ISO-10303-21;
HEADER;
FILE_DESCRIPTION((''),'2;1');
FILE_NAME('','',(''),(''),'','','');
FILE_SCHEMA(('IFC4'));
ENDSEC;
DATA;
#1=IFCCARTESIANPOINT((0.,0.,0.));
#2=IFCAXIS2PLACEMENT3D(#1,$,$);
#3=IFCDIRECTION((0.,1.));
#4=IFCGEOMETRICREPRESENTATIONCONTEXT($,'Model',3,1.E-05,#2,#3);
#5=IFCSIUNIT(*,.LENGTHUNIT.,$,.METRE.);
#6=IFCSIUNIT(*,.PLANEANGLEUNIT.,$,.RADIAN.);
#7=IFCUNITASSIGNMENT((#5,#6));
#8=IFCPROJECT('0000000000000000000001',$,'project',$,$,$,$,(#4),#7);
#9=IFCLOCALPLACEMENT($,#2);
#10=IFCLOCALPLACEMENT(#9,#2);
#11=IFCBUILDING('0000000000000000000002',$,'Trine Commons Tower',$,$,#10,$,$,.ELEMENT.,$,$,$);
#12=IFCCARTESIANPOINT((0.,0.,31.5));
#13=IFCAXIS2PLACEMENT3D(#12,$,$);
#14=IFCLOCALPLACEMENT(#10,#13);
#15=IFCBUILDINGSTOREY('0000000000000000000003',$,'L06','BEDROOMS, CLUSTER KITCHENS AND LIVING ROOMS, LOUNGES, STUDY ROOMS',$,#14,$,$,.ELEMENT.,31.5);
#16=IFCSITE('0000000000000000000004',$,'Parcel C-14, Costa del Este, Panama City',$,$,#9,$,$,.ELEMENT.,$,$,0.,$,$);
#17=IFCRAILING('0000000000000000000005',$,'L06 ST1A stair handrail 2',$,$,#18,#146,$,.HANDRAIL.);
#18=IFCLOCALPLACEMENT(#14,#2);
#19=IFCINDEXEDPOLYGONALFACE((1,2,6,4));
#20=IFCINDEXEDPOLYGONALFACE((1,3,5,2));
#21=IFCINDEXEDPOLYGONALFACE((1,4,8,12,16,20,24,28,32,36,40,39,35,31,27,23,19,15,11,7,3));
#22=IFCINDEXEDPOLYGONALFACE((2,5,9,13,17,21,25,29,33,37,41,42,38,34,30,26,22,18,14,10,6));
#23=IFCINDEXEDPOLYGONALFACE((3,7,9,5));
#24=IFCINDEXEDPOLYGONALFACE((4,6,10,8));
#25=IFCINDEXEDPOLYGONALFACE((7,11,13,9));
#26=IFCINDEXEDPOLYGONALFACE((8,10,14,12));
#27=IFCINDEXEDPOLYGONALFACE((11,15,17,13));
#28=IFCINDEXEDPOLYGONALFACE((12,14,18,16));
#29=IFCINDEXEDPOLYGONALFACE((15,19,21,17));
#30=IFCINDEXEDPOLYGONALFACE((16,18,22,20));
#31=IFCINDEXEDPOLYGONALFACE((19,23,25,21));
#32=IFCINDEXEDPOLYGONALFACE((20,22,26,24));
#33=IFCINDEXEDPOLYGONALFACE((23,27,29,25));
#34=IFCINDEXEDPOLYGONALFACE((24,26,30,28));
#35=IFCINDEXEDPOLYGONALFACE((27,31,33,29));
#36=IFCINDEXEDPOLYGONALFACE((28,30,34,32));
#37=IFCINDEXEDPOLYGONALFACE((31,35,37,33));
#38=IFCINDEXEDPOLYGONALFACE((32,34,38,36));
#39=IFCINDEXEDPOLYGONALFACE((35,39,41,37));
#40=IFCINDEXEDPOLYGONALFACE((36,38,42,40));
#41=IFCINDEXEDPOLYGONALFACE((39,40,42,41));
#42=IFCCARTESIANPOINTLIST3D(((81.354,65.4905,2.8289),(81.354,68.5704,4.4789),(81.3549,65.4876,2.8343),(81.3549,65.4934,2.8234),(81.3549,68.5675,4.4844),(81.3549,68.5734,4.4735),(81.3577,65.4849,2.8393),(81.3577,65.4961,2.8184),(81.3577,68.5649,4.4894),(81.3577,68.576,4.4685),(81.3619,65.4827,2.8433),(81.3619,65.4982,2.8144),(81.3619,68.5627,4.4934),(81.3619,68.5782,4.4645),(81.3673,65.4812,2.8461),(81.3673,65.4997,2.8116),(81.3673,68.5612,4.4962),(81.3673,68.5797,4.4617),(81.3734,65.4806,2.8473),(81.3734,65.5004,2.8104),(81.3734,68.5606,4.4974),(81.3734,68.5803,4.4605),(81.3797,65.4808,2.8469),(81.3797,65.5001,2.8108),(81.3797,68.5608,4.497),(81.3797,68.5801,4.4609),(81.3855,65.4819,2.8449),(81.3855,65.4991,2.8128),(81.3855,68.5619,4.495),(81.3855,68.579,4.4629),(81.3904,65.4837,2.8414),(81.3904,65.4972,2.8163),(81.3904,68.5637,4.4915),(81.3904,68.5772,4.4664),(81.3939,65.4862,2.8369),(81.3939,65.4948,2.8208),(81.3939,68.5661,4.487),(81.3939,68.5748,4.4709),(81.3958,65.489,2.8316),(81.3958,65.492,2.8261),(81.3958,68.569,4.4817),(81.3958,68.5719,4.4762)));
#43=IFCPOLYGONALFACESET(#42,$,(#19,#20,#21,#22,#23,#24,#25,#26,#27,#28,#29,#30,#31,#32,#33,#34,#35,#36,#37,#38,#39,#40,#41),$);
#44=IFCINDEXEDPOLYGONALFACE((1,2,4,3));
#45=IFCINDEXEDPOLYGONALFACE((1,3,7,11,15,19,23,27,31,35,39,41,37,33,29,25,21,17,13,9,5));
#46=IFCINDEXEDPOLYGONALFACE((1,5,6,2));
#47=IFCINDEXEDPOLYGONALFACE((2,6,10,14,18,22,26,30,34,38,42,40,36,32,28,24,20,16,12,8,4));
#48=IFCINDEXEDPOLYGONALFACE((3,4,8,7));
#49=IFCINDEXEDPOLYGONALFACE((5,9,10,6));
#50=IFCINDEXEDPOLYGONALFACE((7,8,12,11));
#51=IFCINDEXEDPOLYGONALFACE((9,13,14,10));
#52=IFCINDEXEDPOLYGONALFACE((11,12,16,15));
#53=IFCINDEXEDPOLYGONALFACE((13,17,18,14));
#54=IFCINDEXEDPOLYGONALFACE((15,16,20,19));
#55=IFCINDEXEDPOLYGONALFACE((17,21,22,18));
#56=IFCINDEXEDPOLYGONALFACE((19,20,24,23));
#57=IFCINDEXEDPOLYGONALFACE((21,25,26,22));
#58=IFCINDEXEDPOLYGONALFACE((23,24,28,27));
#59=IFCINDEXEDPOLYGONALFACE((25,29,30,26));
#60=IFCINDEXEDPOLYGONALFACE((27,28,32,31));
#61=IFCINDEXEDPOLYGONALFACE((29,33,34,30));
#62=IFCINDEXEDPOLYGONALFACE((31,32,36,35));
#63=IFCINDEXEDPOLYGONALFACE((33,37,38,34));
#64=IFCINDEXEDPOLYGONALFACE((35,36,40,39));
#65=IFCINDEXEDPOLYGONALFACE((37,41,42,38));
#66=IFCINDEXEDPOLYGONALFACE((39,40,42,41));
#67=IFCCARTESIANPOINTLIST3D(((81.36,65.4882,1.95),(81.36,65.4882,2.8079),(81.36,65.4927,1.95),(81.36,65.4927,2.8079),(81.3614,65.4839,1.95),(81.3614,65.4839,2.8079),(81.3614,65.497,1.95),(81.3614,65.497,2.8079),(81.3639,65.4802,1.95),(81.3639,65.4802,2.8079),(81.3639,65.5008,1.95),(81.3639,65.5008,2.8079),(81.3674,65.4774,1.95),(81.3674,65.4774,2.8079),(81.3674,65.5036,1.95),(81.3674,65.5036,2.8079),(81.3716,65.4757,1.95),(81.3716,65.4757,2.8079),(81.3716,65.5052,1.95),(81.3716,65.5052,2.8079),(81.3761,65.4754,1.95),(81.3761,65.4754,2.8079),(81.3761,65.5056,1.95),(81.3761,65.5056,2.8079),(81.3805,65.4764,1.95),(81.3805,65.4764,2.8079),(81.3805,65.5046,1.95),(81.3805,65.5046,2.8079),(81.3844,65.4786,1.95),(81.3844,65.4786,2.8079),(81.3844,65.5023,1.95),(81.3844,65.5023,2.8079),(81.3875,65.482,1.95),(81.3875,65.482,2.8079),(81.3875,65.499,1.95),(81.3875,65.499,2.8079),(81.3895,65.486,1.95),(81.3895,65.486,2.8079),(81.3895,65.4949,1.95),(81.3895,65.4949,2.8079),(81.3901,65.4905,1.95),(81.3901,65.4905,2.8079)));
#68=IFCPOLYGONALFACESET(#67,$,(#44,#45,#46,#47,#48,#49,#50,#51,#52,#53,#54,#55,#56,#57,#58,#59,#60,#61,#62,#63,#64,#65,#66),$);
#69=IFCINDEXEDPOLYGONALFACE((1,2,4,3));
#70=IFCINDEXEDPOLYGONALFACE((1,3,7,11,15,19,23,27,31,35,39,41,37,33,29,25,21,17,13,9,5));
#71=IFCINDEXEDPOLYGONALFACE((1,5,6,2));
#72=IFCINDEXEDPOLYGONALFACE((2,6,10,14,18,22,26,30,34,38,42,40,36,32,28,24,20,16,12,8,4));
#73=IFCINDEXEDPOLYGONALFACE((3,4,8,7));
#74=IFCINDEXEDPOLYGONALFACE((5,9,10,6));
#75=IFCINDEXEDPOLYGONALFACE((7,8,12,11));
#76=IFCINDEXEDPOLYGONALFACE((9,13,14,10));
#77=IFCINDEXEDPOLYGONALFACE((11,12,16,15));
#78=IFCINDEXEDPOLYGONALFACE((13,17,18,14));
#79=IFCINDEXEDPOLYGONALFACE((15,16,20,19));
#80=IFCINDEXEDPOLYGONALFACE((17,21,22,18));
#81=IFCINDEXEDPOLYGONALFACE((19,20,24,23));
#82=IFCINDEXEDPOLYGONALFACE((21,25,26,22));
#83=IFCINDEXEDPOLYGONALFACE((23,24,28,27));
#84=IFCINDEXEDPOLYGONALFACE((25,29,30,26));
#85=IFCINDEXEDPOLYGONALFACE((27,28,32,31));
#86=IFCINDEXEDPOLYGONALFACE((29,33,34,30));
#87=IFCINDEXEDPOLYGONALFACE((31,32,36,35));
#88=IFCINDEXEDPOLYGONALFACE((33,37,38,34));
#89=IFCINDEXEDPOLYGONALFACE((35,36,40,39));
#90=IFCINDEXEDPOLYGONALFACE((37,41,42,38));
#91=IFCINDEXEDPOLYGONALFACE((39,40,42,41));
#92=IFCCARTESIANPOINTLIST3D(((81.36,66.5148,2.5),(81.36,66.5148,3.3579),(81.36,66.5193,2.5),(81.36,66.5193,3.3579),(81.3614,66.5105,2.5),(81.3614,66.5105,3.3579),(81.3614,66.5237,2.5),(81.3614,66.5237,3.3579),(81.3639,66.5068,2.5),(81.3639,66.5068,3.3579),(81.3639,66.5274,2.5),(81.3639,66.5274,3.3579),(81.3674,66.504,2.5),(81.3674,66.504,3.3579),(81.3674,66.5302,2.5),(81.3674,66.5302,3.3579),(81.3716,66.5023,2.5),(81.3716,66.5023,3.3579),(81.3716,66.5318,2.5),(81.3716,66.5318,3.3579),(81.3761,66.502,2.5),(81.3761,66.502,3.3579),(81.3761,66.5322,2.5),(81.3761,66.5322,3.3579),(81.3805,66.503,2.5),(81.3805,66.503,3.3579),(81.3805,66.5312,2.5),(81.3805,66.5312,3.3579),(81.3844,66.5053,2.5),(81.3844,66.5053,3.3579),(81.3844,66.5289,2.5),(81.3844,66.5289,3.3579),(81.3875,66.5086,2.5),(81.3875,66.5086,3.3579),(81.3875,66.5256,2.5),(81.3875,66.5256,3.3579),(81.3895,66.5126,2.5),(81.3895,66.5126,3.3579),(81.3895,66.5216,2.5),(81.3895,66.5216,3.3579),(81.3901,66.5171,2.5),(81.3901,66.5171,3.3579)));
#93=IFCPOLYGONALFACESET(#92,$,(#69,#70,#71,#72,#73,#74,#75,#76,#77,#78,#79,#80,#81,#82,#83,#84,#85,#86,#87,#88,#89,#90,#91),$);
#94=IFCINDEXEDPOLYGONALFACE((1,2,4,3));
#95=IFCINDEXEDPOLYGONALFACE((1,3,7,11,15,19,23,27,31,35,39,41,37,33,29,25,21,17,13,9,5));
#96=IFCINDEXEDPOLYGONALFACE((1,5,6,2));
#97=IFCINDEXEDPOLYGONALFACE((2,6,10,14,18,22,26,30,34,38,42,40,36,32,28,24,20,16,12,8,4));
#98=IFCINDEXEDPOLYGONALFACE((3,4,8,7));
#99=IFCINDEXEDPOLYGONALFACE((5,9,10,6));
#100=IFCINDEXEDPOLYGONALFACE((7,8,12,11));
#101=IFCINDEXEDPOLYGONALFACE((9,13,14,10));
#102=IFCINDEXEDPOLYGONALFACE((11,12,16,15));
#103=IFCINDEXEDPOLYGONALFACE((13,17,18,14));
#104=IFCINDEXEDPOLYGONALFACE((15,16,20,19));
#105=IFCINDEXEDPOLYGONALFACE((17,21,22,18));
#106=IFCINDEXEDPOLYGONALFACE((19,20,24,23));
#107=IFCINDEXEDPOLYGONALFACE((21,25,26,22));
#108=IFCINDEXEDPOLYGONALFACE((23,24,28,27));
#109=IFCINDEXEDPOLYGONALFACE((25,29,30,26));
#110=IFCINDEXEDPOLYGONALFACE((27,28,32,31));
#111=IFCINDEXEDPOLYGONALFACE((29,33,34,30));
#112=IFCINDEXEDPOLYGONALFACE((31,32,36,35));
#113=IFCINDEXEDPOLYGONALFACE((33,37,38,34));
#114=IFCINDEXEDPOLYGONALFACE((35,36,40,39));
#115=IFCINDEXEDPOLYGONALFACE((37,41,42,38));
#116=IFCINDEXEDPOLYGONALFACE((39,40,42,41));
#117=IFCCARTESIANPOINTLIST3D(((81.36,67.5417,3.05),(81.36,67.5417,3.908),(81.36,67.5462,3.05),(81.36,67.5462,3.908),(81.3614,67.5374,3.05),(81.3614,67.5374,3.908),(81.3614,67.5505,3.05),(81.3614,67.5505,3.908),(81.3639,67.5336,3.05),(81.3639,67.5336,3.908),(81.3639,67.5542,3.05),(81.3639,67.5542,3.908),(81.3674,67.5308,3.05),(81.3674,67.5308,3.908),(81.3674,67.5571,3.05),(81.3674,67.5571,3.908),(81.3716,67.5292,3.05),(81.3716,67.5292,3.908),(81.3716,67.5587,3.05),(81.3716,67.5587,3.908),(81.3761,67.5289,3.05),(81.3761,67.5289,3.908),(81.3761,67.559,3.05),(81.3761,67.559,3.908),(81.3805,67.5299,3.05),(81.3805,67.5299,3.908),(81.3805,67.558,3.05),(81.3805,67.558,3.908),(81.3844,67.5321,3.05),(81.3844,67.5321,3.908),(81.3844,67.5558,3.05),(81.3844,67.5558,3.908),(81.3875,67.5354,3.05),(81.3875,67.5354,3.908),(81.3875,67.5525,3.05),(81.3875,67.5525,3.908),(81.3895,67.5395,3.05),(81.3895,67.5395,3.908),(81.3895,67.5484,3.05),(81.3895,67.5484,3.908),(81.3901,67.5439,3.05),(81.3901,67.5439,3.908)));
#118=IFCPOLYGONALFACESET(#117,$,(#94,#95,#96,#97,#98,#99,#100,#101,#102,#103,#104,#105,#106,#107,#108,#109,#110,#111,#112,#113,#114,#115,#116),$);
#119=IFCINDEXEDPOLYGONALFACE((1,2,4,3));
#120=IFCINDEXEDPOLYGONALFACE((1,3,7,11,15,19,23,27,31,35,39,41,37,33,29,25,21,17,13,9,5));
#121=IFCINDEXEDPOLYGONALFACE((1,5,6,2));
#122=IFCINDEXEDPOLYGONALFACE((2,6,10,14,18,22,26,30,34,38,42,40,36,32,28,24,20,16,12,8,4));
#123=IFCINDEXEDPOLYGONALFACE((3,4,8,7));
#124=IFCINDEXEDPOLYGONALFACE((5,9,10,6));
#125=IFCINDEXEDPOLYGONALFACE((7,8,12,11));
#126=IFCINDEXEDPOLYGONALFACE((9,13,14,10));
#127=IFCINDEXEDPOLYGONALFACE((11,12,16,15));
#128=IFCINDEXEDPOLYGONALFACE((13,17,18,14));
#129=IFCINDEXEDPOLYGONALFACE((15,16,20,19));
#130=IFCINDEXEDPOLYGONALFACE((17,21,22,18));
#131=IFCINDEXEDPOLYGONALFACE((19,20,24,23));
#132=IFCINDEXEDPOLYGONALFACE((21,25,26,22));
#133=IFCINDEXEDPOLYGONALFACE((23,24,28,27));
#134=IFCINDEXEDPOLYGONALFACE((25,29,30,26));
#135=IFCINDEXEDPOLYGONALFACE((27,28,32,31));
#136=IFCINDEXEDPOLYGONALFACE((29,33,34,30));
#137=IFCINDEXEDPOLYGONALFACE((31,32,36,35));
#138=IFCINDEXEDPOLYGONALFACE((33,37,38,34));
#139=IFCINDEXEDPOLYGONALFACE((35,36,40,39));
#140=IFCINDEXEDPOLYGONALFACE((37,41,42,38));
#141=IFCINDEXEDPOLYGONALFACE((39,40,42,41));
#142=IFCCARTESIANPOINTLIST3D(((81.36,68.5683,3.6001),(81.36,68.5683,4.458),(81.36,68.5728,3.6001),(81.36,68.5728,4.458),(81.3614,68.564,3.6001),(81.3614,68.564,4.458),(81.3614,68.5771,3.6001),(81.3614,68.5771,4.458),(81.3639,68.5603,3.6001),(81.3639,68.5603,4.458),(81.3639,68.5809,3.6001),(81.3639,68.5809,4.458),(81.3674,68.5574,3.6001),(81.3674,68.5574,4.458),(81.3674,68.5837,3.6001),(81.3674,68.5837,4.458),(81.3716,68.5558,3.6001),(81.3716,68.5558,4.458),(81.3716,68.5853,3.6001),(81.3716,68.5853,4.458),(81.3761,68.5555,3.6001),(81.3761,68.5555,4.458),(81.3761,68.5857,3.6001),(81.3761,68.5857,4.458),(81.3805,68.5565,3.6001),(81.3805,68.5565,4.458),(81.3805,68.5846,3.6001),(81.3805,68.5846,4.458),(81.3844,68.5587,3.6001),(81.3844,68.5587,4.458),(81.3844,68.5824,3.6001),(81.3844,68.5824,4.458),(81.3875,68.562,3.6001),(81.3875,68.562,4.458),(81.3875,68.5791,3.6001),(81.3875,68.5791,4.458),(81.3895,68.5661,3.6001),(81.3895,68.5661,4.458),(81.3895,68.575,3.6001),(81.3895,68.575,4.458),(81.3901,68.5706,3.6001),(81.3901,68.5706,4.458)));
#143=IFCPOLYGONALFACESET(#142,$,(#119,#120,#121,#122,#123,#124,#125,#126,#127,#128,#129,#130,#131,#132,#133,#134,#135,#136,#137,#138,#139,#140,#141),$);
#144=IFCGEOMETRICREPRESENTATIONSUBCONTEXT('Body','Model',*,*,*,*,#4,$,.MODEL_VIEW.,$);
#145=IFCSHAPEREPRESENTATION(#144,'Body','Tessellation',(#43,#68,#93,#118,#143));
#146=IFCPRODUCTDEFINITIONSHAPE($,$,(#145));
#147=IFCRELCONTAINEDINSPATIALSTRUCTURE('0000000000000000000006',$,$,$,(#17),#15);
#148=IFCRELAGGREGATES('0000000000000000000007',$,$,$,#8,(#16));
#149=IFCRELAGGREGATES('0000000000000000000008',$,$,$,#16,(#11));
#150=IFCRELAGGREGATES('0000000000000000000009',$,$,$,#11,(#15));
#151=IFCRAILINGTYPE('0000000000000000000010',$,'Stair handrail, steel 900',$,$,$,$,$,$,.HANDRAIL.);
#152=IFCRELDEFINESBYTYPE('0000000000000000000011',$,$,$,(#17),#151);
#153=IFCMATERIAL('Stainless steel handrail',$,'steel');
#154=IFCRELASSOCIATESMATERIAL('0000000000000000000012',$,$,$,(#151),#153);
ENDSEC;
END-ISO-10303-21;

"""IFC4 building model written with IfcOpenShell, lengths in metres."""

from ifc_helpers import new_model, si_unit, direction, frame, origin, origin_2d, place, context, subcontext, project, spatial, circle, extrude, material, type_object, element, save


model = new_model("IFC4")

# Units and contexts
model_context = context("Model", 3, precision=1e-05, world=origin(), true_north=direction((0.0, 1.0)))
body_context = subcontext(model_context, "Body", "Model", "MODEL_VIEW")
ifc_project = project(units=[si_unit("LENGTHUNIT", "METRE"), si_unit("PLANEANGLEUNIT", "RADIAN")], contexts=[model_context])

# Site, building, storey
site_placement = place(None, origin())
site = spatial("IfcSite", under=ifc_project, at=site_placement, Name="Parcel C-14, Costa del Este, Panama City", CompositionType="ELEMENT", RefElevation=0.0)
building_placement = place(site_placement, origin())
building = spatial("IfcBuilding", under=site, at=building_placement, Name="Trine Commons Tower", CompositionType="ELEMENT")
storey_placement = place(building_placement, frame((0.0, 0.0, 31.5)))
storey = spatial("IfcBuildingStorey", under=building, at=storey_placement, Name="L06", Description="BEDROOMS, CLUSTER KITCHENS AND LIVING ROOMS, LOUNGES, STUDY ROOMS", CompositionType="ELEMENT", Elevation=31.5)

# Railing
ifc_material_1 = material(Name="Stainless steel handrail", Category="steel")
railing_type_1 = type_object("IfcRailingType", Name="Stair handrail, steel 900", PredefinedType="HANDRAIL", material=ifc_material_1)
railing_1_placement = place(storey_placement, frame((81.375, 65.4905, 1.95)))
element("IfcRailing", 1, at=railing_1_placement, inside=storey, type_object=railing_type_1, Name="L06 ST1A stair handrail 2", PredefinedType="HANDRAIL", context=body_context, shape_type="SweptSolid", body=[
    extrude(circle(Radius=0.021, at=origin_2d()), frame((0.0, 0.0, 0.8789), z_axis=(0.0, 0.881468, 0.472245), x_axis=(-1.0, 0.0, 0.0)), (0.0, 0.0, 1.0), 3.4941),
    extrude(circle(Radius=0.0151, at=origin_2d()), origin(), (0.0, 0.0, 1.0), 0.8579),
    extrude(circle(Radius=0.0151, at=origin_2d()), frame((0.0, 1.0266, 0.55)), (0.0, 0.0, 1.0), 0.8579),
    extrude(circle(Radius=0.0151, at=origin_2d()), frame((0.0, 2.0535, 1.1001)), (0.0, 0.0, 1.0), 0.8579),
    extrude(circle(Radius=0.0151, at=origin_2d()), frame((0.0, 3.0801, 1.6501)), (0.0, 0.0, 1.0), 0.8579),
])

save(model, "model.ifc")
